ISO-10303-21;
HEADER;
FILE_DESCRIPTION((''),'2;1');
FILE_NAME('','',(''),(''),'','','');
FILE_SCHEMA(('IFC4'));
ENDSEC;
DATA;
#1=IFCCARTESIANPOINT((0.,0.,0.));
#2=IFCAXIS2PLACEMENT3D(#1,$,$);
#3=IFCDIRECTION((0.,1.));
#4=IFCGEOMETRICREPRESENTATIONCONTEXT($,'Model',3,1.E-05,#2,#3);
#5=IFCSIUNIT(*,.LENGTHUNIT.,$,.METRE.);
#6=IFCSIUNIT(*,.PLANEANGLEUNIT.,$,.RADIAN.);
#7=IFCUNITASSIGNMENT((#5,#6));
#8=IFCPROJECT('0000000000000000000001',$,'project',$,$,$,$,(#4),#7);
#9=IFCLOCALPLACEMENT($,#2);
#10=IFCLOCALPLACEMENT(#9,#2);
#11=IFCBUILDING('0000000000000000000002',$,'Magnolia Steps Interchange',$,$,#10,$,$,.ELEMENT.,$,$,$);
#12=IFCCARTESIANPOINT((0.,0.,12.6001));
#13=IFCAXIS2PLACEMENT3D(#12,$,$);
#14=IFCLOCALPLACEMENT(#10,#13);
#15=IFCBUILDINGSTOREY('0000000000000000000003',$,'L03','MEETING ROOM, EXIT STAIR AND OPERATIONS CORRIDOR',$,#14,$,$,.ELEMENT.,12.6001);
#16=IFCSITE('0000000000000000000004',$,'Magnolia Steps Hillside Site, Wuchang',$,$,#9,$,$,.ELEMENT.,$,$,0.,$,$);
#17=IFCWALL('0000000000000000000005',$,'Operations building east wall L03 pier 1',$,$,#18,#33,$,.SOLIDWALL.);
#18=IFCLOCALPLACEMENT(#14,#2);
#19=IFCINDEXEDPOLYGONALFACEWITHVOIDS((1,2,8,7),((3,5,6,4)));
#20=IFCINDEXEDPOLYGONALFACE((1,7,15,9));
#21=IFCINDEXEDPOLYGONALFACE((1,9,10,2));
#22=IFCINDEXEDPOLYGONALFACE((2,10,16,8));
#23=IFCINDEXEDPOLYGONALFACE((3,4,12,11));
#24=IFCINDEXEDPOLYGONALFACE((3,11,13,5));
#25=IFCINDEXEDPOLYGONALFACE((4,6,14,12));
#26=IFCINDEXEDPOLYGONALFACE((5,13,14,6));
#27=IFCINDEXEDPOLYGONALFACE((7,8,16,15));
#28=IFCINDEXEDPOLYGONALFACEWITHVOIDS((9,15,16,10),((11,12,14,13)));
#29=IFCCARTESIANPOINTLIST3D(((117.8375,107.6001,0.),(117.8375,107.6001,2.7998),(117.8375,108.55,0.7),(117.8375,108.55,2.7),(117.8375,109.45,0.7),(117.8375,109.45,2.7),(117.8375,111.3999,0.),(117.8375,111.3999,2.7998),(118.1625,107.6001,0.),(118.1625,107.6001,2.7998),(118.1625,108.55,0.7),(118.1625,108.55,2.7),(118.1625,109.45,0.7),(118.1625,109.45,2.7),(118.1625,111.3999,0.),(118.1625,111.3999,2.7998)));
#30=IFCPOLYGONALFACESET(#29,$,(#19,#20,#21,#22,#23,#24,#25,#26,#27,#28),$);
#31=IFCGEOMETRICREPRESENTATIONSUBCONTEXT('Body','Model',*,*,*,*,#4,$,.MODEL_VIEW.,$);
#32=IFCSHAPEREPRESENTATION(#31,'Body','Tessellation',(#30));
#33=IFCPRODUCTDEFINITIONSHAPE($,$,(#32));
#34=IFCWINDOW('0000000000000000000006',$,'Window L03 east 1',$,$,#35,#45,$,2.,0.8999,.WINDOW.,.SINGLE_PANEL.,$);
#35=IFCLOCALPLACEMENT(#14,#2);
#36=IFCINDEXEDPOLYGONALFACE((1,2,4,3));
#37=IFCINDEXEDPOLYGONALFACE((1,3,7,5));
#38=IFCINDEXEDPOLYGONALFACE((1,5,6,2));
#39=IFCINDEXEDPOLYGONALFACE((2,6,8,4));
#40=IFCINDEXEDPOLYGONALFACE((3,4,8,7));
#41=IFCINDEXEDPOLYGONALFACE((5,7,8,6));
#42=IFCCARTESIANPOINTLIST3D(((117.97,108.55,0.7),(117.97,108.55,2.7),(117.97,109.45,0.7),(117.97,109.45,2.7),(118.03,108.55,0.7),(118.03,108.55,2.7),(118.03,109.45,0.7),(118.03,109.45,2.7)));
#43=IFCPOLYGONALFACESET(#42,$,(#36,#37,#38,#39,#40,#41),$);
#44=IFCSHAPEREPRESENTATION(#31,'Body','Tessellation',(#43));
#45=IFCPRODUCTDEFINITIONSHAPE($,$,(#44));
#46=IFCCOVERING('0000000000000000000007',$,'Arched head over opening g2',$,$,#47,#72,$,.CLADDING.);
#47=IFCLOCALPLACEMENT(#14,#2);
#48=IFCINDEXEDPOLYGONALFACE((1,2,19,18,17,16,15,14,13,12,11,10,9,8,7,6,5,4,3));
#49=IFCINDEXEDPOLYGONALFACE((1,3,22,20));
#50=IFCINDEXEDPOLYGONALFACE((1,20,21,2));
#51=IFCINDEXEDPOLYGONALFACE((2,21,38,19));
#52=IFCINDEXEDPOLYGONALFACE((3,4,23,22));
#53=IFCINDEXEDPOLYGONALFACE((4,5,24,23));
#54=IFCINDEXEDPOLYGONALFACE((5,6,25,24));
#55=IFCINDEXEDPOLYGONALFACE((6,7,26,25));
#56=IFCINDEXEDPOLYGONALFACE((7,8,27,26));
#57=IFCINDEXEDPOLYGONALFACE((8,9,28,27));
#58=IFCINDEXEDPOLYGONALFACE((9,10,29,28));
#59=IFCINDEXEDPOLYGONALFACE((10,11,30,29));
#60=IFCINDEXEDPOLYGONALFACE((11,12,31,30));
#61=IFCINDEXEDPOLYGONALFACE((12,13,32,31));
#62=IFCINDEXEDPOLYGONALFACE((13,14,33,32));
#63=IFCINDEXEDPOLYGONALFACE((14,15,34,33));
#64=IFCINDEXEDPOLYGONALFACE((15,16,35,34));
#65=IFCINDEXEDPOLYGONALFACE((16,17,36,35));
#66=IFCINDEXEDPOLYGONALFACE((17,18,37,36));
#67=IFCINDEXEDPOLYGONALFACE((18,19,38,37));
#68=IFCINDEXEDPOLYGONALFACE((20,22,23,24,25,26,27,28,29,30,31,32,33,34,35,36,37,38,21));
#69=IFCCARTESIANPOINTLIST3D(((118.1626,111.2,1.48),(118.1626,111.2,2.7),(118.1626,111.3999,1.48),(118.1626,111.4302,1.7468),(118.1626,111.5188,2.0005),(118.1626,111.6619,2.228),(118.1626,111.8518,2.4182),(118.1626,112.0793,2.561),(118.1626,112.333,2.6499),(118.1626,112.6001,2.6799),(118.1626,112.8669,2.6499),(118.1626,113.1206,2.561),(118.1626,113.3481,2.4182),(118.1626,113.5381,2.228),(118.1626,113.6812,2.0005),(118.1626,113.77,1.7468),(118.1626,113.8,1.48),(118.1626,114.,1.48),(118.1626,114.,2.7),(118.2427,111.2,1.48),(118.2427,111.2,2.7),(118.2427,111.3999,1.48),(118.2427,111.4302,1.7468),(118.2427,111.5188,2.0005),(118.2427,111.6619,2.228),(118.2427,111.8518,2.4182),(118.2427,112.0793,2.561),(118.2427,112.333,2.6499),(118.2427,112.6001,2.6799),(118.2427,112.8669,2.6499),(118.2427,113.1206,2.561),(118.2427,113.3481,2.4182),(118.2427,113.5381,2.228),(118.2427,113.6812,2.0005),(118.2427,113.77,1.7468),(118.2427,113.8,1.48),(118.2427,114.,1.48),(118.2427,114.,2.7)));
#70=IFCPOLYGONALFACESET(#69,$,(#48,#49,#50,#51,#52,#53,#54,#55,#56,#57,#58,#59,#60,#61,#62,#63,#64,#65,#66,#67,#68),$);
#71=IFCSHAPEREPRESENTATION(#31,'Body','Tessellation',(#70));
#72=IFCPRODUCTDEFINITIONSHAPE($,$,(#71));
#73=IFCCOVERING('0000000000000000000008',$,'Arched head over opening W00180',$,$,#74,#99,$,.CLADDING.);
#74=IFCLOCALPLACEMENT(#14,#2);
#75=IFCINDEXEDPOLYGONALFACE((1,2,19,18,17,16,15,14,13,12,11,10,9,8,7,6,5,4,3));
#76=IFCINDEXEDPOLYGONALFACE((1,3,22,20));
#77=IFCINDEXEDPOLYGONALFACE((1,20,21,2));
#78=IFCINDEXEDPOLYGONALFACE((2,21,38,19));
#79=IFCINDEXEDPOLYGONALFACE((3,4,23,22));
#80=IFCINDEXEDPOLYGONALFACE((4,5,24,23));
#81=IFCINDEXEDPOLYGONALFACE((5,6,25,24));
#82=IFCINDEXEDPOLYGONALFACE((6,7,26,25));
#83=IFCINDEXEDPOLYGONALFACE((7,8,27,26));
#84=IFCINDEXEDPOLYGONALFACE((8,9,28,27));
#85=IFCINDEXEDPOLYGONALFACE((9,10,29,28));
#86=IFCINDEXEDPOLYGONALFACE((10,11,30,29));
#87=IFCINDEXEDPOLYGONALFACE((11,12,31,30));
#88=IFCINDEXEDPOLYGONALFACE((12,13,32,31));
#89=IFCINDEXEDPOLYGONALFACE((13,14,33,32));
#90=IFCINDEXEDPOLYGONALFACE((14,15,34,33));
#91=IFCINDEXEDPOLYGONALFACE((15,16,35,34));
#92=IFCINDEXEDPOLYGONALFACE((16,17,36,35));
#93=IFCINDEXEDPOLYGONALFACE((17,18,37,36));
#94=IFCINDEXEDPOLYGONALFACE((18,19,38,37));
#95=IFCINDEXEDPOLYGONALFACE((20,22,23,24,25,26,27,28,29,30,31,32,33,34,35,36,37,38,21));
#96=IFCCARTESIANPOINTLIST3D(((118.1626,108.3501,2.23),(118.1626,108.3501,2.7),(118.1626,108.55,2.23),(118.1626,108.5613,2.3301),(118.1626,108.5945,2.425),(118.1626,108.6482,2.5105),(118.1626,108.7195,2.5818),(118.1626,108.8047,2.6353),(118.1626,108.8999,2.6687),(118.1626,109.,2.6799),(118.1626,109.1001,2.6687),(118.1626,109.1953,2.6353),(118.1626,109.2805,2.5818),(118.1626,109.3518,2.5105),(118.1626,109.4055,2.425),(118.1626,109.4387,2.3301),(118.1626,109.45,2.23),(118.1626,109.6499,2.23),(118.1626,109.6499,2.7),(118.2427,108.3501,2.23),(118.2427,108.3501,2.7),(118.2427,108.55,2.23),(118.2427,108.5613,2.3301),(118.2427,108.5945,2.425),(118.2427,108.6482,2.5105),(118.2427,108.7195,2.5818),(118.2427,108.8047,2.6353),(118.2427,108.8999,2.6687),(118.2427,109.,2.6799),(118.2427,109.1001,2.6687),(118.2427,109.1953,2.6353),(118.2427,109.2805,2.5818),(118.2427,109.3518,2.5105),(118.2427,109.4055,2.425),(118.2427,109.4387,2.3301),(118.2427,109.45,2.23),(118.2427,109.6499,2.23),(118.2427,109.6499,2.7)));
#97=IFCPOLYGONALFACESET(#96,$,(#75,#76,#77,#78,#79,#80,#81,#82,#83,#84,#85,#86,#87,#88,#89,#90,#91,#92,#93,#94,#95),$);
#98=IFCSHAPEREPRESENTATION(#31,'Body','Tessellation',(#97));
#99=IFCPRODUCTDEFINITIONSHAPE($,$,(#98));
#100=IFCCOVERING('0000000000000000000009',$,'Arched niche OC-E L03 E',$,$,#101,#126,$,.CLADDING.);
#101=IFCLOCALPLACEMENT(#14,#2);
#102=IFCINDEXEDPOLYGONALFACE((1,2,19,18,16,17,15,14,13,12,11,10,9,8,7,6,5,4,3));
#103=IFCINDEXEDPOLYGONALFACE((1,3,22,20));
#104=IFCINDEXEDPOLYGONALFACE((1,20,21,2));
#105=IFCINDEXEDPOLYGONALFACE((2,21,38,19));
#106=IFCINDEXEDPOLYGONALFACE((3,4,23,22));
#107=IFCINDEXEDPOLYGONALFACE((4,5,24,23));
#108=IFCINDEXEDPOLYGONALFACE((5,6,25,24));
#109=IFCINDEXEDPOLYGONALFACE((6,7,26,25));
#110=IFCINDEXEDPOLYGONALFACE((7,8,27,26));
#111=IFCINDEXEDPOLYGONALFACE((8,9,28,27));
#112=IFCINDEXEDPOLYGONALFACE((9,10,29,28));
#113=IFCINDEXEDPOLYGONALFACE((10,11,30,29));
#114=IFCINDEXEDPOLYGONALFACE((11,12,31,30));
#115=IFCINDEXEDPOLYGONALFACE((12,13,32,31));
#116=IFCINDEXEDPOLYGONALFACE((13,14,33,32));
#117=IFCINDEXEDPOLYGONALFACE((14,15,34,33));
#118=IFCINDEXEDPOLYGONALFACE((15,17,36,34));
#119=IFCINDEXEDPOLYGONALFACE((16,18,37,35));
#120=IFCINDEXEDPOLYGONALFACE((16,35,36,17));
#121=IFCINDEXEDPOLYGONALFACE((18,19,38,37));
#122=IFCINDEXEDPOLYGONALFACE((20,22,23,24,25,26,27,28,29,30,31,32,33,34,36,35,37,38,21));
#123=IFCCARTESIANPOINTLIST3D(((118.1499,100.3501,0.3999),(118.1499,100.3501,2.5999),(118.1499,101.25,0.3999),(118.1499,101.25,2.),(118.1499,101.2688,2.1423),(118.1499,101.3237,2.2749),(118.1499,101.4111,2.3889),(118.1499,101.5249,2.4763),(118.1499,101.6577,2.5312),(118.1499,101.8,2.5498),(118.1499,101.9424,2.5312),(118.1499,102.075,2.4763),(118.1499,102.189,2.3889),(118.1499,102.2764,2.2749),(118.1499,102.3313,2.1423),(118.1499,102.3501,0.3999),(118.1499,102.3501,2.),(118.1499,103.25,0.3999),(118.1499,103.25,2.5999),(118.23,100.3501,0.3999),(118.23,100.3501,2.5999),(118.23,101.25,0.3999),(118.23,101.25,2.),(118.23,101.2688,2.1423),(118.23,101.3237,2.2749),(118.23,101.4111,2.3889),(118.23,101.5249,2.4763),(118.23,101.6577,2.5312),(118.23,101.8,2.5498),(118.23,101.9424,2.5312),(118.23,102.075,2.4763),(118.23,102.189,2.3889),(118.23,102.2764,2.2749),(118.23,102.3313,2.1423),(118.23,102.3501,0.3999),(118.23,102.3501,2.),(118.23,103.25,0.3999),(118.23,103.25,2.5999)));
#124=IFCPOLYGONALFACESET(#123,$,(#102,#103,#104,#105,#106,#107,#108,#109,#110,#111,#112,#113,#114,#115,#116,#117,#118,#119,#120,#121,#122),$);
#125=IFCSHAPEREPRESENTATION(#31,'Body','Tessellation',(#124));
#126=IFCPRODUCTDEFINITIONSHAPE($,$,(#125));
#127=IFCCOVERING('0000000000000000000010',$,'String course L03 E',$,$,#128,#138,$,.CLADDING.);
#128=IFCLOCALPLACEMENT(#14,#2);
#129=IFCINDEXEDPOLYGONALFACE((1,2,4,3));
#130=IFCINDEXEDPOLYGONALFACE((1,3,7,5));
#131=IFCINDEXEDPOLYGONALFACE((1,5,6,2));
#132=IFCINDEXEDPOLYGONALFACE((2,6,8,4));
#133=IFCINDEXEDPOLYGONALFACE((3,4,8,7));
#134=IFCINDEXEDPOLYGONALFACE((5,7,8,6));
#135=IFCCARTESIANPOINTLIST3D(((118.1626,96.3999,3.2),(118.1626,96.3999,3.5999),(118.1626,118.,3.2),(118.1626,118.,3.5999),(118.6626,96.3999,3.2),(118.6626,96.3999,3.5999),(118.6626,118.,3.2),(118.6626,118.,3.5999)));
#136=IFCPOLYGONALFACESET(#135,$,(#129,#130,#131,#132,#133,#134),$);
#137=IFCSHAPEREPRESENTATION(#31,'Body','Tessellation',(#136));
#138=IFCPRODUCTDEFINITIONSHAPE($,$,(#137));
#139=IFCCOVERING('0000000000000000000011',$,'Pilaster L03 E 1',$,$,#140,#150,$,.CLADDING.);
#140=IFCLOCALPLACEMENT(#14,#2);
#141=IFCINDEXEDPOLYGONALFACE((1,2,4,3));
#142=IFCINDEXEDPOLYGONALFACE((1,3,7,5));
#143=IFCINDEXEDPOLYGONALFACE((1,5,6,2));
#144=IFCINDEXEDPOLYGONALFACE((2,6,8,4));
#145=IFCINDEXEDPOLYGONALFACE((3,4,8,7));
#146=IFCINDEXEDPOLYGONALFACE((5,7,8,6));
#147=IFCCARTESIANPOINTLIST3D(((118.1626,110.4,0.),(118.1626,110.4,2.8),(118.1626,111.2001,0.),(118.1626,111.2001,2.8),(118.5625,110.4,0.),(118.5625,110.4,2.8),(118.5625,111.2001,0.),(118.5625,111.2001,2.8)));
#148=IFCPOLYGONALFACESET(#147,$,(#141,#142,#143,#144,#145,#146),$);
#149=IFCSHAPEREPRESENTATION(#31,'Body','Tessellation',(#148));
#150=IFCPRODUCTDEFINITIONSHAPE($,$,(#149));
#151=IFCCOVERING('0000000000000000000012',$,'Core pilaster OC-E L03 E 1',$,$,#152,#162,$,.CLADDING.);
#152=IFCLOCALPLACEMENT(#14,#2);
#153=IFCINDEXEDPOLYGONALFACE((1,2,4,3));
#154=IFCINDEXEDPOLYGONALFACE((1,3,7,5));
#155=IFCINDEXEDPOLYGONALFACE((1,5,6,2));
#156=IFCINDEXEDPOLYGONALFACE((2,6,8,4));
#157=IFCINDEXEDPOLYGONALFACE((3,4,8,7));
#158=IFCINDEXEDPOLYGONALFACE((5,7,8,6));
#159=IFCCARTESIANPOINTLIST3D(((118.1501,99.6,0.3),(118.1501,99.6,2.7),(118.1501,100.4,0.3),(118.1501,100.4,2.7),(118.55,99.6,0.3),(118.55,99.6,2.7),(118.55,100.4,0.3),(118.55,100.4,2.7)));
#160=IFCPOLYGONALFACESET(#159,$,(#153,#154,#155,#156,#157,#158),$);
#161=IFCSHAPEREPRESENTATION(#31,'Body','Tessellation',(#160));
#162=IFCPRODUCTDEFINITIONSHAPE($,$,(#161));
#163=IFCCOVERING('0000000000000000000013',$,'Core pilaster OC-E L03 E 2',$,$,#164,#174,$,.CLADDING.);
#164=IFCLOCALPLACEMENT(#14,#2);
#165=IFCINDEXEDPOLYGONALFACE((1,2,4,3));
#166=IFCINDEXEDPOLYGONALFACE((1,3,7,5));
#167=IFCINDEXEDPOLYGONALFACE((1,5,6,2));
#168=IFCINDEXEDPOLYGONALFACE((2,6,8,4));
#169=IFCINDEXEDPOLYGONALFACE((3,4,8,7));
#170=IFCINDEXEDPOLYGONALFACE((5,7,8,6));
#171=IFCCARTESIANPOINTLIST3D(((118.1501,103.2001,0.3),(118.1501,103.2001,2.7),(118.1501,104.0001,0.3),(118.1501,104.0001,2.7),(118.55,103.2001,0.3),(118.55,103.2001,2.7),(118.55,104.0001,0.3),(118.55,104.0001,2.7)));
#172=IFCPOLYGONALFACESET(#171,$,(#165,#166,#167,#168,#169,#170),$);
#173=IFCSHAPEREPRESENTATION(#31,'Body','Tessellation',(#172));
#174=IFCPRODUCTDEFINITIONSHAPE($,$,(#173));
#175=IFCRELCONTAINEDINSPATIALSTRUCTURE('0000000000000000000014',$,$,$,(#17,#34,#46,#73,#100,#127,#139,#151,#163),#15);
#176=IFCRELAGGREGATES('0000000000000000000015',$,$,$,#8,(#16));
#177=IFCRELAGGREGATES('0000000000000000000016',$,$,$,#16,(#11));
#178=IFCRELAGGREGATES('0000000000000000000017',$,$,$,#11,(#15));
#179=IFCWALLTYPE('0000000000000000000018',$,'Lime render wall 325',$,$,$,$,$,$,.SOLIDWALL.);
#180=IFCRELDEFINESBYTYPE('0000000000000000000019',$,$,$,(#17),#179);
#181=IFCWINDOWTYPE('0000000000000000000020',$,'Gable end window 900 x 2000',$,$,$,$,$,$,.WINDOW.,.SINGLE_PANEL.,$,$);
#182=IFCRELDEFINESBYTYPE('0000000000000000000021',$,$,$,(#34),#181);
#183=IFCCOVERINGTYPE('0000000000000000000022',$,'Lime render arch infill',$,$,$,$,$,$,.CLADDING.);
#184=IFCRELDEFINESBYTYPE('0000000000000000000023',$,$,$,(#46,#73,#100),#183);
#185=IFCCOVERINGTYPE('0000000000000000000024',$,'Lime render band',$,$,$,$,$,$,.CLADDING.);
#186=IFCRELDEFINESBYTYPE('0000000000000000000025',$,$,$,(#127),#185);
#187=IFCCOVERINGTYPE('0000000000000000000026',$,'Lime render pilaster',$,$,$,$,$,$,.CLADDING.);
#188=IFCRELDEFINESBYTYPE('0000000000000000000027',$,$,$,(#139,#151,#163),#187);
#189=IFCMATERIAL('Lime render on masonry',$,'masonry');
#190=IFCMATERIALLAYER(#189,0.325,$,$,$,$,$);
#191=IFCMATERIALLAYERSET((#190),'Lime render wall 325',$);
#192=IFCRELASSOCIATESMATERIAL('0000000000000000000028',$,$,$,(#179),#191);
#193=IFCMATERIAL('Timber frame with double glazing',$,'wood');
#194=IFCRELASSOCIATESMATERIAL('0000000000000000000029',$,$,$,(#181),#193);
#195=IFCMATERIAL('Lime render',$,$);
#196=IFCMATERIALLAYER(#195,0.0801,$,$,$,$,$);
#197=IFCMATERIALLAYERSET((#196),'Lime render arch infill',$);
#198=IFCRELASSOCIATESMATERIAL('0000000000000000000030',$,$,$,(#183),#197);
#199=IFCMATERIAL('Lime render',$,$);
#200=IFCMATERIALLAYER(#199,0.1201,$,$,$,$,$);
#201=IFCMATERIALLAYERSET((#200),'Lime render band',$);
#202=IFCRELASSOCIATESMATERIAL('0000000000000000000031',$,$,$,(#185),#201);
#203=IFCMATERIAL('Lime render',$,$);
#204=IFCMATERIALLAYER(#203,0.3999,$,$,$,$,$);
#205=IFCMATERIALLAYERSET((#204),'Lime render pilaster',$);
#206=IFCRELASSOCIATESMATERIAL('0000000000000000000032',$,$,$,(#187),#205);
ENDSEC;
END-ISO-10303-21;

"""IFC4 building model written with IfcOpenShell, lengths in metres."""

from ifc_helpers import new_model, si_unit, direction, frame, frame_2d, origin, origin_2d, place, context, subcontext, project, spatial, polyline, rectangle, outline, extrude, material, layer, layer_set, type_object, element, fill, save


model = new_model("IFC4")

# Units and contexts
model_context = context("Model", 3, precision=1e-05, world=origin(), true_north=direction((0.0, 1.0)))
body_context = subcontext(model_context, "Body", "Model", "MODEL_VIEW")
ifc_project = project(units=[si_unit("LENGTHUNIT", "METRE"), si_unit("PLANEANGLEUNIT", "RADIAN")], contexts=[model_context])

# Site, building, storey
site_placement = place(None, origin())
site = spatial("IfcSite", under=ifc_project, at=site_placement, Name="Magnolia Steps Hillside Site, Wuchang", CompositionType="ELEMENT", RefElevation=0.0)
building_placement = place(site_placement, origin())
building = spatial("IfcBuilding", under=site, at=building_placement, Name="Magnolia Steps Interchange", CompositionType="ELEMENT")
storey_placement = place(building_placement, frame((0.0, 0.0, 12.6001)))
storey = spatial("IfcBuildingStorey", under=building, at=storey_placement, Name="L03", Description="MEETING ROOM, EXIT STAIR AND OPERATIONS CORRIDOR", CompositionType="ELEMENT", Elevation=12.6001)

# Wall, opening, window
ifc_material_1 = material(Name="Lime render on masonry", Category="masonry")
ifc_layer_1 = layer(ifc_material_1, 0.325)
ifc_layer_set_1 = layer_set([ifc_layer_1], Name="Lime render wall 325")
wall_type_1 = type_object("IfcWallType", Name="Lime render wall 325", PredefinedType="SOLIDWALL", material=ifc_layer_set_1)
wall_1_placement = place(storey_placement, frame((118.0, 107.6001, 0.0), z_axis=(0.0, 0.0, 1.0), x_axis=(0.0, 1.0, 0.0)))
wall_1 = element("IfcWall", 1, at=wall_1_placement, inside=storey, type_object=wall_type_1, Name="Operations building east wall L03 pier 1", PredefinedType="SOLIDWALL", context=body_context, shape_type="SweptSolid", body=[
    extrude(rectangle(XDim=3.7998, YDim=0.325, at=frame_2d((1.8999, 0.0))), origin(), (0.0, 0.0, 1.0), 2.7998),
])
opening_1_placement = place(wall_1_placement, frame((0.95, 0.0, 0.7)))
opening_1 = element("IfcOpeningElement", 2, at=opening_1_placement, cuts=wall_1, PredefinedType="OPENING", context=body_context, shape_type="SweptSolid", body=[
    extrude(rectangle(XDim=0.8999, YDim=2.0, at=frame_2d((0.45, 1.0))), frame((0.0, 0.1724, 0.0), z_axis=(0.0, -1.0, 0.0), x_axis=(1.0, 0.0, 0.0)), (0.0, 0.0, 1.0), 0.345),
])
ifc_material_2 = material(Name="Timber frame with double glazing", Category="wood")
window_type = type_object("IfcWindowType", Name="Gable end window 900 x 2000", PartitioningType="SINGLE_PANEL", PredefinedType="WINDOW", material=ifc_material_2)
window_placement = place(opening_1_placement, origin())
window = element("IfcWindow", 3, at=window_placement, inside=storey, type_object=window_type, Name="Window L03 east 1", OverallHeight=2.0, OverallWidth=0.8999, PartitioningType="SINGLE_PANEL", PredefinedType="WINDOW", context=body_context, shape_type="SweptSolid", body=[
    extrude(rectangle(XDim=0.8999, YDim=2.0, at=frame_2d((0.45, 1.0))), frame((0.0, 0.03, 0.0), z_axis=(0.0, -1.0, 0.0), x_axis=(1.0, 0.0, 0.0)), (0.0, 0.0, 1.0), 0.0601),
])
fill(opening_1, window)

# Coverings
ifc_material_3 = material(Name="Lime render")
ifc_layer_2 = layer(ifc_material_3, 0.0801)
ifc_layer_set_2 = layer_set([ifc_layer_2], Name="Lime render arch infill")
covering_type_1 = type_object("IfcCoveringType", Name="Lime render arch infill", PredefinedType="CLADDING", material=ifc_layer_set_2)
covering_1_placement = place(storey_placement, frame((118.1626, 111.2, 1.48), z_axis=(-1.0, 0.0, 0.0), x_axis=(0.0, 0.0, 1.0)))
element("IfcCovering", 4, at=covering_1_placement, inside=storey, type_object=covering_type_1, Name="Arched head over opening g2", PredefinedType="CLADDING", context=body_context, shape_type="SweptSolid", body=[
    extrude(outline(polyline([(0.0, 0.0), (1.22, 0.0), (1.22, 2.8), (0.0, 2.8), (0.0, 2.6001), (0.2668, 2.5701), (0.5205, 2.4812), (0.748, 2.3381), (0.9382, 2.1482), (1.0811, 1.9207), (1.1699, 1.667), (1.2, 1.4001), (1.1699, 1.1331), (1.0811, 0.8794), (0.9382, 0.6519), (0.748, 0.4619), (0.5205, 0.3188), (0.2668, 0.2302), (0.0, 0.2), (0.0, 0.0)])), origin(), (0.0, 0.0, -1.0), 0.0801),
])
covering_2_placement = place(storey_placement, frame((118.1626, 108.3501, 2.23), z_axis=(-1.0, 0.0, 0.0), x_axis=(0.0, 0.0, 1.0)))
element("IfcCovering", 5, at=covering_2_placement, inside=storey, type_object=covering_type_1, Name="Arched head over opening W00180", PredefinedType="CLADDING", context=body_context, shape_type="SweptSolid", body=[
    extrude(outline(polyline([(0.0, 0.0), (0.47, 0.0), (0.47, 1.2998), (0.0, 1.2998), (0.0, 1.0999), (0.1001, 1.0886), (0.1951, 1.0554), (0.2805, 1.0017), (0.3518, 0.9304), (0.4053, 0.8452), (0.4387, 0.75), (0.45, 0.6499), (0.4387, 0.5498), (0.4053, 0.4546), (0.3518, 0.3694), (0.2805, 0.2981), (0.1951, 0.2444), (0.1001, 0.2112), (0.0, 0.2), (0.0, 0.0)])), origin(), (0.0, 0.0, -1.0), 0.0801),
])
covering_3_placement = place(storey_placement, frame((118.1499, 100.3501, 0.3999), z_axis=(-1.0, 0.0, 0.0), x_axis=(0.0, 0.0, 1.0)))
element("IfcCovering", 6, at=covering_3_placement, inside=storey, type_object=covering_type_1, Name="Arched niche OC-E L03 E", PredefinedType="CLADDING", context=body_context, shape_type="SweptSolid", body=[
    extrude(outline(polyline([(0.0, 0.0), (2.2, 0.0), (2.2, 2.8999), (0.0, 2.8999), (0.0, 2.0), (1.6001, 2.0), (1.7424, 1.9812), (1.875, 1.9263), (1.989, 1.8389), (2.0764, 1.7249), (2.1313, 1.5923), (2.1499, 1.45), (2.1313, 1.3076), (2.0764, 1.1748), (1.989, 1.061), (1.875, 0.9736), (1.7424, 0.9187), (1.6001, 0.8999), (0.0, 0.8999), (0.0, 0.0)])), origin(), (0.0, 0.0, -1.0), 0.0801),
])
ifc_material_4 = material(Name="Lime render")
ifc_layer_3 = layer(ifc_material_4, 0.1201)
ifc_layer_set_3 = layer_set([ifc_layer_3], Name="Lime render band")
covering_type_2 = type_object("IfcCoveringType", Name="Lime render band", PredefinedType="CLADDING", material=ifc_layer_set_3)
covering_4_placement = place(storey_placement, frame((118.4126, 107.2, 3.2), z_axis=(0.0, 0.0, 1.0), x_axis=(1.0, 0.0, 0.0)))
element("IfcCovering", 7, at=covering_4_placement, inside=storey, type_object=covering_type_2, Name="String course L03 E", PredefinedType="CLADDING", context=body_context, shape_type="SweptSolid", body=[
    extrude(rectangle(XDim=0.5, YDim=21.6001, at=origin_2d()), origin(), (0.0, 0.0, 1.0), 0.3999),
])
ifc_material_5 = material(Name="Lime render")
ifc_layer_4 = layer(ifc_material_5, 0.3999)
ifc_layer_set_4 = layer_set([ifc_layer_4], Name="Lime render pilaster")
covering_type_3 = type_object("IfcCoveringType", Name="Lime render pilaster", PredefinedType="CLADDING", material=ifc_layer_set_4)
covering_5_placement = place(storey_placement, frame((118.3625, 110.8, 0.0), z_axis=(0.0, 0.0, 1.0), x_axis=(1.0, 0.0, 0.0)))
element("IfcCovering", 8, at=covering_5_placement, inside=storey, type_object=covering_type_3, Name="Pilaster L03 E 1", PredefinedType="CLADDING", context=body_context, shape_type="SweptSolid", body=[
    extrude(rectangle(XDim=0.3999, YDim=0.8, at=origin_2d()), origin(), (0.0, 0.0, 1.0), 2.8),
])
for number, where, z_axis, x_axis, name in (
    (9, (118.3501, 100.0, 0.3), (0.0, 0.0, 1.0), (1.0, 0.0, 0.0), "Core pilaster OC-E L03 E 1"),
    (10, (118.3501, 103.6001, 0.3), (0.0, 0.0, 1.0), (1.0, 0.0, 0.0), "Core pilaster OC-E L03 E 2"),
):
    element("IfcCovering", number, at=place(storey_placement, frame(where, z_axis=z_axis, x_axis=x_axis)), inside=storey, type_object=covering_type_3, Name=name, PredefinedType="CLADDING", context=body_context, shape_type="SweptSolid", body=[
        extrude(rectangle(XDim=0.3999, YDim=0.8, at=origin_2d()), origin(), (0.0, 0.0, 1.0), 2.3999),
    ])

save(model, "model.ifc")
